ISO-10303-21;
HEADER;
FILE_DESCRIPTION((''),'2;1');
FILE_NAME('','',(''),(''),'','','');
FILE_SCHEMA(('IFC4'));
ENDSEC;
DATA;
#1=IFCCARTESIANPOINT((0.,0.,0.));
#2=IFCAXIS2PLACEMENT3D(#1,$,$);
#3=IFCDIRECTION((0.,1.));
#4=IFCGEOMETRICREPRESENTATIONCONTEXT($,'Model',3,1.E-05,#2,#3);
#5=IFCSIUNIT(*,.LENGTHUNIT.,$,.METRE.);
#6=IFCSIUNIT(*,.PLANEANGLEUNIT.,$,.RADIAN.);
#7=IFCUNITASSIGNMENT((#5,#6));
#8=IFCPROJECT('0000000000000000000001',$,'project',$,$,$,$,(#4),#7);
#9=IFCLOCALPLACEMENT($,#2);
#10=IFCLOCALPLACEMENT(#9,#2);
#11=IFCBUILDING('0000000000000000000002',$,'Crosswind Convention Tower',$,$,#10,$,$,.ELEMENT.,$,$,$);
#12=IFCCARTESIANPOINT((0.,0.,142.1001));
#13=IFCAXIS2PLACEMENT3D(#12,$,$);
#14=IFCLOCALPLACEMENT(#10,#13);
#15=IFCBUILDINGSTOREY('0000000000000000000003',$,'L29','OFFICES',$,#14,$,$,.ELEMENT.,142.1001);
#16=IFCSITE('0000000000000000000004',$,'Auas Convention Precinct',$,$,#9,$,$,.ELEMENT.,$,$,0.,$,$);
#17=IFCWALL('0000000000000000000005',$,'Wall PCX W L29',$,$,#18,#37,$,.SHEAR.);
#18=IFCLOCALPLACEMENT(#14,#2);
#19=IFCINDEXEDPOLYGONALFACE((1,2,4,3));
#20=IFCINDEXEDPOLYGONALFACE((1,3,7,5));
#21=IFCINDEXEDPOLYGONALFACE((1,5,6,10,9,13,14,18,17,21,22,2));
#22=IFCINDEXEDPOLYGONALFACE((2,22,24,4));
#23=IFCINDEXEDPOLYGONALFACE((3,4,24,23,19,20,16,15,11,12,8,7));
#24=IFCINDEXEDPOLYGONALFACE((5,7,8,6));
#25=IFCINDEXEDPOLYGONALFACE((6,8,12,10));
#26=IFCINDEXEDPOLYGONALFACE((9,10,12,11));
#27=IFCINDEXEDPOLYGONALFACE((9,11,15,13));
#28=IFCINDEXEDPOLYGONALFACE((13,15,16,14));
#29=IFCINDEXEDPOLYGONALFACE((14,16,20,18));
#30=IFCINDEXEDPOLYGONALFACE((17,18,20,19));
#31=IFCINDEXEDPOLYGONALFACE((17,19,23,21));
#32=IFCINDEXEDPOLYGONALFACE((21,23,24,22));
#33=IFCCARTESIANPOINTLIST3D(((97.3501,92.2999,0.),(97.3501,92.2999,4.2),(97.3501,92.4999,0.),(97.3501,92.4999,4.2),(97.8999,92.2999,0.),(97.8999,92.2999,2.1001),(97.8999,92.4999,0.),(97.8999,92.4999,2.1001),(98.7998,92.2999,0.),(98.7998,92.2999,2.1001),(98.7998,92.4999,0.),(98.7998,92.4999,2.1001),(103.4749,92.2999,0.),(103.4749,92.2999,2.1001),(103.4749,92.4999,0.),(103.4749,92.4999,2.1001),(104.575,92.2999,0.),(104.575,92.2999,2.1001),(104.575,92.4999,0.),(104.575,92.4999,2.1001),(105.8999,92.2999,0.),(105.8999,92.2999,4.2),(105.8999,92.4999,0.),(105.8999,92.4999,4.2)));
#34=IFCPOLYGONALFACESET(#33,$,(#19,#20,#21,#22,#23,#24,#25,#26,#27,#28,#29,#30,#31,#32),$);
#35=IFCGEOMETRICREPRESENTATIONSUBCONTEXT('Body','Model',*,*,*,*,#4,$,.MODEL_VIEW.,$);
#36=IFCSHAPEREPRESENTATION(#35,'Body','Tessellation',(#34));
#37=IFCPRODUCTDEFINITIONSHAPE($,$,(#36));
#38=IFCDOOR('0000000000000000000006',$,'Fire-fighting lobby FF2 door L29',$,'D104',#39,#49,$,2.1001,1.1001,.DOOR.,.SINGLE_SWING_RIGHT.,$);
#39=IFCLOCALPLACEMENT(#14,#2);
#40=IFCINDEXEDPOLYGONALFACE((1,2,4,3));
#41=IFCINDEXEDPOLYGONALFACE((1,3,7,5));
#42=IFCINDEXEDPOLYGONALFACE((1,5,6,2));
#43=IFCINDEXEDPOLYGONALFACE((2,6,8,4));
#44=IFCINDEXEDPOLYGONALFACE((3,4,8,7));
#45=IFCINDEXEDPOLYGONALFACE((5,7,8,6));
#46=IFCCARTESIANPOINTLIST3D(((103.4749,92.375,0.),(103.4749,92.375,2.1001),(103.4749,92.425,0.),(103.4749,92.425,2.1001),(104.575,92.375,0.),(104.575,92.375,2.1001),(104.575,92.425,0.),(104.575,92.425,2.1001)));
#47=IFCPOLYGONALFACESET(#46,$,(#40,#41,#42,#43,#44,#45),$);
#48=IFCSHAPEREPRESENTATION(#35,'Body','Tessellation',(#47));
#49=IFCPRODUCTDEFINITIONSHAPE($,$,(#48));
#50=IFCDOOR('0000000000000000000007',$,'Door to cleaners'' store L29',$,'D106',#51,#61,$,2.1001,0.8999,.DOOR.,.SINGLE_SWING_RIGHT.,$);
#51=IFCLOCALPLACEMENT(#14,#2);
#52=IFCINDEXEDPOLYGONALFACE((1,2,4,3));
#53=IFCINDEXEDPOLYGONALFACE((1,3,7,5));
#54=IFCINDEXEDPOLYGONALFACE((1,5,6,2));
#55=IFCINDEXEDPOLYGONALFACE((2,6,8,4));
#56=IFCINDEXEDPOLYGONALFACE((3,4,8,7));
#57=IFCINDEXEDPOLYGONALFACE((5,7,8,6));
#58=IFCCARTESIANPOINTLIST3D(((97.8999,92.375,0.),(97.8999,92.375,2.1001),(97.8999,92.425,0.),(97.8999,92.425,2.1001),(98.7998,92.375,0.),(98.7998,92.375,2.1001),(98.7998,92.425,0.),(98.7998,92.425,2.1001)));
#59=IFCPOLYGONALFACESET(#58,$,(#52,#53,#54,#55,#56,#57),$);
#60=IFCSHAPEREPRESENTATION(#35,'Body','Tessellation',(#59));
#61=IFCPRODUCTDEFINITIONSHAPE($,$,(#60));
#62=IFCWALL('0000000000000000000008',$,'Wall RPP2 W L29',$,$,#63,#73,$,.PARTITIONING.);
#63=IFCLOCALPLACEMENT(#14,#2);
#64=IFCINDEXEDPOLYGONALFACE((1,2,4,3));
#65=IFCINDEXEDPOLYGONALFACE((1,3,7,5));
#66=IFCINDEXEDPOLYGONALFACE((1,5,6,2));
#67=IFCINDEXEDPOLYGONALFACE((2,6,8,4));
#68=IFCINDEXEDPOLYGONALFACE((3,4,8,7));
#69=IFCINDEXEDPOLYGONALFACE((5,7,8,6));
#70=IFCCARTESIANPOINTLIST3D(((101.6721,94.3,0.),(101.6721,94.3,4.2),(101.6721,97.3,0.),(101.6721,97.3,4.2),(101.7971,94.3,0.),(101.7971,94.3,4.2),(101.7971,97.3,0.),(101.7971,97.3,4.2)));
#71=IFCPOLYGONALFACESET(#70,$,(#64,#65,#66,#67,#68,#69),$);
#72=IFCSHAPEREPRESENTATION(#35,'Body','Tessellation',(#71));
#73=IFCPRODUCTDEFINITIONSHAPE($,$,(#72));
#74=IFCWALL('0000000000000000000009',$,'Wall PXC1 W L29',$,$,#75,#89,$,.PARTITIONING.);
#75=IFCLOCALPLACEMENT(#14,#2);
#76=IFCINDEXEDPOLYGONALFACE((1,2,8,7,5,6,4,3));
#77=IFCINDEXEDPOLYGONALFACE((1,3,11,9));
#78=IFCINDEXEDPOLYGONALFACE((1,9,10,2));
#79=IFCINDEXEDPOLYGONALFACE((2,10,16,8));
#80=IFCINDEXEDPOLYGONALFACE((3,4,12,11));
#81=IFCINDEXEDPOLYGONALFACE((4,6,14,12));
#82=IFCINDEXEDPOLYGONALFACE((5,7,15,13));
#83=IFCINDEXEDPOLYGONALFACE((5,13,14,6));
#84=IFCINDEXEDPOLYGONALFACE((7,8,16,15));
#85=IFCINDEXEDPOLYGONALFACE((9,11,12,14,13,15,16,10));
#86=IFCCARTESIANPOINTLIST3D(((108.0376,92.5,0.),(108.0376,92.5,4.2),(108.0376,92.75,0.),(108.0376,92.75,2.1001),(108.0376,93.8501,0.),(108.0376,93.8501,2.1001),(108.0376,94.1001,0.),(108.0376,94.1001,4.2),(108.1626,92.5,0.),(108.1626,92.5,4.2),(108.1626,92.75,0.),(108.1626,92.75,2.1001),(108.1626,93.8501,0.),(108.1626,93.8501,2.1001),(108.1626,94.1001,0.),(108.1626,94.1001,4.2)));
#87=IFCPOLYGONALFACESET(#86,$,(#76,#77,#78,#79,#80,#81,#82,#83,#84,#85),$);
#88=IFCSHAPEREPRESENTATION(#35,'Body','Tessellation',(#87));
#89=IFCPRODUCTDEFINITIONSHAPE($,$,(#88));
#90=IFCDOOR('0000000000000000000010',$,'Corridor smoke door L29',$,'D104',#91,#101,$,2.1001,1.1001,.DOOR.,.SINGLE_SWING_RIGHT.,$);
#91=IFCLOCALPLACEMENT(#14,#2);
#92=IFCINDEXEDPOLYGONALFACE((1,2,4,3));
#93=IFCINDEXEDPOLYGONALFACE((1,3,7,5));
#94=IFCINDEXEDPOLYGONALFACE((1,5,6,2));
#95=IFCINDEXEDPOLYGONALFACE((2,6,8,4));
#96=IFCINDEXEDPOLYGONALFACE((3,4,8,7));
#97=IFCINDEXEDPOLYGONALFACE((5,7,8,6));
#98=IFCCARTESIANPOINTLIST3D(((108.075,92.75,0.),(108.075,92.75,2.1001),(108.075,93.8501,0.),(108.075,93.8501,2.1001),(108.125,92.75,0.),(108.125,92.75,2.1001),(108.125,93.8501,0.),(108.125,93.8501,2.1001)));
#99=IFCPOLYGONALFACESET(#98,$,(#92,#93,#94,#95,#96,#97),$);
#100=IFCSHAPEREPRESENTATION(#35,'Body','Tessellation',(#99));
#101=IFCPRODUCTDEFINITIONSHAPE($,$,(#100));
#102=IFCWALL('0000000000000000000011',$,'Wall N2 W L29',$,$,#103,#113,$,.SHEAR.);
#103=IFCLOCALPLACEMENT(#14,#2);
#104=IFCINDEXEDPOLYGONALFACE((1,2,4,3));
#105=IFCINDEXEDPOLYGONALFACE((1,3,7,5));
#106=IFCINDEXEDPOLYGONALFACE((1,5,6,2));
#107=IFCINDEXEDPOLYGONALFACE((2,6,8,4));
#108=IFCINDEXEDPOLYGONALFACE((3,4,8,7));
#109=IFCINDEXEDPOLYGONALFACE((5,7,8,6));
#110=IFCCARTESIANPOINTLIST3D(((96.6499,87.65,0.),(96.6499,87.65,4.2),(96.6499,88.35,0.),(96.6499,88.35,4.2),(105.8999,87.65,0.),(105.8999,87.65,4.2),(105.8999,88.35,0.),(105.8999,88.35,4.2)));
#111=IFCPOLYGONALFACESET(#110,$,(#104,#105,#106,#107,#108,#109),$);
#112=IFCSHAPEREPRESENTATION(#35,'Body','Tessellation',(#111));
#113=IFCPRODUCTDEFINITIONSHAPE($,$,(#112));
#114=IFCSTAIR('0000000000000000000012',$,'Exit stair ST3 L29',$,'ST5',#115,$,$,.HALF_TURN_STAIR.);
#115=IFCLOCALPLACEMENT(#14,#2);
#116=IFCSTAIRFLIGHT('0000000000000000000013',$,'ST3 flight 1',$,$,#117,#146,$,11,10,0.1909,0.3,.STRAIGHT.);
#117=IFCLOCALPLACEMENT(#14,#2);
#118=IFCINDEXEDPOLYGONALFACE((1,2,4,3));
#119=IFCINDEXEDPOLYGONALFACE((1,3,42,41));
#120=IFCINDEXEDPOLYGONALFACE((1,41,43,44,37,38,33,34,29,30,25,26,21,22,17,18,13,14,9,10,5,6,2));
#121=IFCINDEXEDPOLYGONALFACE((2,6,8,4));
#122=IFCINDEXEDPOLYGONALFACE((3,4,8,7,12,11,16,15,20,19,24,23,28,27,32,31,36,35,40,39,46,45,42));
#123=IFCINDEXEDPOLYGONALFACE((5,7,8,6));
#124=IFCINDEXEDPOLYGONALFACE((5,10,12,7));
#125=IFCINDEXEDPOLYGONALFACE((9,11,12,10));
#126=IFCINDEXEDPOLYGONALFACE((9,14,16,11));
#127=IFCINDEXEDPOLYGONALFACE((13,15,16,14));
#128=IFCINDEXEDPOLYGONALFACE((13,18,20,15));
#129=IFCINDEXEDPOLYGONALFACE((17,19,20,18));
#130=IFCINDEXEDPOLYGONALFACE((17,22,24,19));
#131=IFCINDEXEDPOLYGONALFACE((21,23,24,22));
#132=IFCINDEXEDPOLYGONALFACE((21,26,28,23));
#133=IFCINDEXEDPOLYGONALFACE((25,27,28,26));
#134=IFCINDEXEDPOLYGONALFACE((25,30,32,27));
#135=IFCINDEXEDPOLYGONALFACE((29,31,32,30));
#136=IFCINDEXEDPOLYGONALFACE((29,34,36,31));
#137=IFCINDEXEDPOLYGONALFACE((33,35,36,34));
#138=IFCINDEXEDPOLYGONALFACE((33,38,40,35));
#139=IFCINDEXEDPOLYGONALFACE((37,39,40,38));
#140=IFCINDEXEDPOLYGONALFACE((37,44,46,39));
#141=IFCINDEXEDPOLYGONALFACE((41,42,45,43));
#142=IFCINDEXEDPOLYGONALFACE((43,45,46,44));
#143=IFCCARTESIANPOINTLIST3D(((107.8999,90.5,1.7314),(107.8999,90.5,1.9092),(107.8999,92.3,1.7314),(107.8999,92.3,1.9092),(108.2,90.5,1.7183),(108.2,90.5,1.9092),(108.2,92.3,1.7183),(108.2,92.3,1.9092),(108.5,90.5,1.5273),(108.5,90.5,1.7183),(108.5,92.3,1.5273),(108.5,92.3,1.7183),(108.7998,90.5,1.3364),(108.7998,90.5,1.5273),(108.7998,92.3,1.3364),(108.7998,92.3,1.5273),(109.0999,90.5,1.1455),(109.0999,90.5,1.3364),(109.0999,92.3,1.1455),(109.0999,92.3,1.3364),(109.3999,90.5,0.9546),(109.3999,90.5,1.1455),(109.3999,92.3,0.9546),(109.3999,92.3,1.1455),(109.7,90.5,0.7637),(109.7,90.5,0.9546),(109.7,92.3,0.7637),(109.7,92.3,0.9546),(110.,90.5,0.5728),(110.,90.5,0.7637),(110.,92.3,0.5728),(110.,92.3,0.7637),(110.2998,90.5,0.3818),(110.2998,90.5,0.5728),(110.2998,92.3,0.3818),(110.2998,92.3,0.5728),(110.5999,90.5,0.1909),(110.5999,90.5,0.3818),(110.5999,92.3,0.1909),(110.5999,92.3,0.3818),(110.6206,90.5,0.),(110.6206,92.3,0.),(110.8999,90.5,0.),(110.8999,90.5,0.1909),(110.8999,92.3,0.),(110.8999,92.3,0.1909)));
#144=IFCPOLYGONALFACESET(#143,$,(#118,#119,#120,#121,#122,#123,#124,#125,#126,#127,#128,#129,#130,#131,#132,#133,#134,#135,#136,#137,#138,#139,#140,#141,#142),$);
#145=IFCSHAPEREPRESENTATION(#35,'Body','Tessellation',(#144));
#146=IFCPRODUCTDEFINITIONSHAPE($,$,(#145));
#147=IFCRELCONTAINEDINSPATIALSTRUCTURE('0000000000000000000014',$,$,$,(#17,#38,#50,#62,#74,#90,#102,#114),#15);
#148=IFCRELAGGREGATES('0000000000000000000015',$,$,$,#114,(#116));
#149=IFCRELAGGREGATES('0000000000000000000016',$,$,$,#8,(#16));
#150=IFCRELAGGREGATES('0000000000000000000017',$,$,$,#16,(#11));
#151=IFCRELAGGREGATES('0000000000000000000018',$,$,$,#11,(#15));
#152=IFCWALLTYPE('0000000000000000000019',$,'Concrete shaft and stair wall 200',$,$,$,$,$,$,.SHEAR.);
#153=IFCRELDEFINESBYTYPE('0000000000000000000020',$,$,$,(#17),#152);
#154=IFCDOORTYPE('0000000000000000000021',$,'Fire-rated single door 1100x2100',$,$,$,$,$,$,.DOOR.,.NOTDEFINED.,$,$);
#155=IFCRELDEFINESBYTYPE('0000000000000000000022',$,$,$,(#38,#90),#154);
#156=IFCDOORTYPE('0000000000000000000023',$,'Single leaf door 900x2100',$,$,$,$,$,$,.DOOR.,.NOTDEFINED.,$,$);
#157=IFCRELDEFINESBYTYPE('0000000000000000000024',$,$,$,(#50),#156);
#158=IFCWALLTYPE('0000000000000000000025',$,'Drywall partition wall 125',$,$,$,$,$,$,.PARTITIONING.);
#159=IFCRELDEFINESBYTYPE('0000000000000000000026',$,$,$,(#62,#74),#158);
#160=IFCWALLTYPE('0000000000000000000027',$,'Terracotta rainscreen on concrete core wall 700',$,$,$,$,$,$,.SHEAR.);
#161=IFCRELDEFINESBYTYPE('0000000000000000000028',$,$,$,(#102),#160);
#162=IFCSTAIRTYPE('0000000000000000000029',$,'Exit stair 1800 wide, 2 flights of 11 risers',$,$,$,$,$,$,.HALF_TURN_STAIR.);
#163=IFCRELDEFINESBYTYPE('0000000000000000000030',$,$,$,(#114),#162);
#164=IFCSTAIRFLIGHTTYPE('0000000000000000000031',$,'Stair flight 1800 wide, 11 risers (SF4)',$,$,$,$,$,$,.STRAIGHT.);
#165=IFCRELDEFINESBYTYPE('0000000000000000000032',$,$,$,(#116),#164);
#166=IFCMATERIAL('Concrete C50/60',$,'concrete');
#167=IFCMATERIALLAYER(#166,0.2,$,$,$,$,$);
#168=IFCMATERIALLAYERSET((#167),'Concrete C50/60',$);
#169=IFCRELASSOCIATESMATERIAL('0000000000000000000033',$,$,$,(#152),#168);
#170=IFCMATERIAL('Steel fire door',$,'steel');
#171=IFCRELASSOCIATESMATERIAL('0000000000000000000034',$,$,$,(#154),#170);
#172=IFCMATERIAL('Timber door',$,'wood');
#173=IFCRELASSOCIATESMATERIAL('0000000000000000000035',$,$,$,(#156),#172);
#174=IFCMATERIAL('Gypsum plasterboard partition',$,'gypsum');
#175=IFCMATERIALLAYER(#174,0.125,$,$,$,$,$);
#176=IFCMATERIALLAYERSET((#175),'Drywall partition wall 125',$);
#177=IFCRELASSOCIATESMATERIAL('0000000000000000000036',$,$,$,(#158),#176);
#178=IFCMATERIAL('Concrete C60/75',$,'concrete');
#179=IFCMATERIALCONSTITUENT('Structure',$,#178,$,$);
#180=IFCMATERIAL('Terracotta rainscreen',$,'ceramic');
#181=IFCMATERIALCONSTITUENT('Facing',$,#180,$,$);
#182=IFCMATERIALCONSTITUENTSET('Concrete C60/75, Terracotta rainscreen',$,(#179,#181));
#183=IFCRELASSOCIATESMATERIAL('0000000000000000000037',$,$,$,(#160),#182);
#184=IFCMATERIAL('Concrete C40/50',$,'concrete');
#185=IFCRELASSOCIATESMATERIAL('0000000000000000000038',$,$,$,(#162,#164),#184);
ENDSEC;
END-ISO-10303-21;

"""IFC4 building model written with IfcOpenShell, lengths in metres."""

from ifc_helpers import new_model, si_unit, direction, frame, frame_2d, origin, place, context, subcontext, project, spatial, polyline, rectangle, outline, extrude, material, layer, layer_set, constituent, constituent_set, type_object, element, fill, aggregate, save


model = new_model("IFC4")

# Units and contexts
model_context = context("Model", 3, precision=1e-05, world=origin(), true_north=direction((0.0, 1.0)))
body_context = subcontext(model_context, "Body", "Model", "MODEL_VIEW")
ifc_project = project(units=[si_unit("LENGTHUNIT", "METRE"), si_unit("PLANEANGLEUNIT", "RADIAN")], contexts=[model_context])

# Site, building, storey
site_placement = place(None, origin())
site = spatial("IfcSite", under=ifc_project, at=site_placement, Name="Auas Convention Precinct", CompositionType="ELEMENT", RefElevation=0.0)
building_placement = place(site_placement, origin())
building = spatial("IfcBuilding", under=site, at=building_placement, Name="Crosswind Convention Tower", CompositionType="ELEMENT")
storey_placement = place(building_placement, frame((0.0, 0.0, 142.1001)))
storey = spatial("IfcBuildingStorey", under=building, at=storey_placement, Name="L29", Description="OFFICES", CompositionType="ELEMENT", Elevation=142.1001)

# Shared definitions
ifc_material_1 = material(Name="Concrete C50/60", Category="concrete")
ifc_layer_1 = layer(ifc_material_1, 0.2)
ifc_layer_set_1 = layer_set([ifc_layer_1], Name="Concrete C50/60")
wall_type_1 = type_object("IfcWallType", Name="Concrete shaft and stair wall 200", PredefinedType="SHEAR", material=ifc_layer_set_1)

# Wall, openings, doors
wall_1_placement = place(storey_placement, frame((105.8999, 92.3999, 0.0), z_axis=(0.0, 0.0, 1.0), x_axis=(-1.0, 0.0, 0.0)))
wall_1 = element("IfcWall", 1, at=wall_1_placement, inside=storey, type_object=wall_type_1, Name="Wall PCX W L29", PredefinedType="SHEAR", context=body_context, shape_type="SweptSolid", body=[
    extrude(rectangle(XDim=8.5498, YDim=0.2, at=frame_2d((4.2749, 0.0))), origin(), (0.0, 0.0, 1.0), 4.2),
])
opening_1_placement = place(wall_1_placement, frame((1.325, 0.0, 0.0)))
opening_1 = element("IfcOpeningElement", 2, at=opening_1_placement, cuts=wall_1, PredefinedType="OPENING", context=body_context, shape_type="SweptSolid", body=[
    extrude(rectangle(XDim=1.1001, YDim=2.1001, at=frame_2d((0.55, 1.05))), frame((0.0, 0.1099, 0.0), z_axis=(0.0, -1.0, 0.0), x_axis=(1.0, 0.0, 0.0)), (0.0, 0.0, 1.0), 0.22),
])
opening_2_placement = place(wall_1_placement, frame((7.1001, 0.0, 0.0)))
opening_2 = element("IfcOpeningElement", 3, at=opening_2_placement, cuts=wall_1, PredefinedType="OPENING", context=body_context, shape_type="SweptSolid", body=[
    extrude(rectangle(XDim=0.8999, YDim=2.1001, at=frame_2d((0.45, 1.05))), frame((0.0, 0.1099, 0.0), z_axis=(0.0, -1.0, 0.0), x_axis=(1.0, 0.0, 0.0)), (0.0, 0.0, 1.0), 0.22),
])
ifc_material_2 = material(Name="Steel fire door", Category="steel")
door_type_1 = type_object("IfcDoorType", Name="Fire-rated single door 1100x2100", OperationType="NOTDEFINED", PredefinedType="DOOR", material=ifc_material_2)
door_1_placement = place(opening_1_placement, origin())
door_1 = element("IfcDoor", 4, at=door_1_placement, inside=storey, type_object=door_type_1, Name="Fire-fighting lobby FF2 door L29", ObjectType="D104", OperationType="SINGLE_SWING_RIGHT", OverallHeight=2.1001, OverallWidth=1.1001, PredefinedType="DOOR", context=body_context, shape_type="SweptSolid", body=[
    extrude(rectangle(XDim=1.1001, YDim=2.1001, at=frame_2d((0.55, 1.05))), frame((0.0, 0.0249, 0.0), z_axis=(0.0, -1.0, 0.0), x_axis=(1.0, 0.0, 0.0)), (0.0, 0.0, 1.0), 0.05),
])
fill(opening_1, door_1)
ifc_material_3 = material(Name="Timber door", Category="wood")
door_type_2 = type_object("IfcDoorType", Name="Single leaf door 900x2100", OperationType="NOTDEFINED", PredefinedType="DOOR", material=ifc_material_3)
door_2_placement = place(opening_2_placement, origin())
door_2 = element("IfcDoor", 5, at=door_2_placement, inside=storey, type_object=door_type_2, Name="Door to cleaners' store L29", ObjectType="D106", OperationType="SINGLE_SWING_RIGHT", OverallHeight=2.1001, OverallWidth=0.8999, PredefinedType="DOOR", context=body_context, shape_type="SweptSolid", body=[
    extrude(rectangle(XDim=0.8999, YDim=2.1001, at=frame_2d((0.45, 1.05))), frame((0.0, 0.0249, 0.0), z_axis=(0.0, -1.0, 0.0), x_axis=(1.0, 0.0, 0.0)), (0.0, 0.0, 1.0), 0.05),
])
fill(opening_2, door_2)

# Wall
ifc_material_4 = material(Name="Gypsum plasterboard partition", Category="gypsum")
ifc_layer_2 = layer(ifc_material_4, 0.125)
ifc_layer_set_2 = layer_set([ifc_layer_2], Name="Drywall partition wall 125")
wall_type_2 = type_object("IfcWallType", Name="Drywall partition wall 125", PredefinedType="PARTITIONING", material=ifc_layer_set_2)
wall_2_placement = place(storey_placement, frame((101.7346, 97.3, 0.0), z_axis=(0.0, 0.0, 1.0), x_axis=(0.0, -1.0, 0.0)))
element("IfcWall", 6, at=wall_2_placement, inside=storey, type_object=wall_type_2, Name="Wall RPP2 W L29", PredefinedType="PARTITIONING", context=body_context, shape_type="SweptSolid", body=[
    extrude(rectangle(XDim=3.0, YDim=0.125, at=frame_2d((1.5, 0.0))), origin(), (0.0, 0.0, 1.0), 4.2),
])

# Wall, opening, door
wall_3_placement = place(storey_placement, frame((108.1001, 94.1001, 0.0), z_axis=(0.0, 0.0, 1.0), x_axis=(0.0, -1.0, 0.0)))
wall_3 = element("IfcWall", 7, at=wall_3_placement, inside=storey, type_object=wall_type_2, Name="Wall PXC1 W L29", PredefinedType="PARTITIONING", context=body_context, shape_type="SweptSolid", body=[
    extrude(rectangle(XDim=1.6001, YDim=0.125, at=frame_2d((0.8, 0.0))), origin(), (0.0, 0.0, 1.0), 4.2),
])
opening_3_placement = place(wall_3_placement, frame((0.25, 0.0, 0.0)))
opening_3 = element("IfcOpeningElement", 8, at=opening_3_placement, cuts=wall_3, PredefinedType="OPENING", context=body_context, shape_type="SweptSolid", body=[
    extrude(rectangle(XDim=1.1001, YDim=2.1001, at=frame_2d((0.55, 1.05))), frame((0.0, 0.0725, 0.0), z_axis=(0.0, -1.0, 0.0), x_axis=(1.0, 0.0, 0.0)), (0.0, 0.0, 1.0), 0.145),
])
door_3_placement = place(opening_3_placement, origin())
door_3 = element("IfcDoor", 9, at=door_3_placement, inside=storey, type_object=door_type_1, Name="Corridor smoke door L29", ObjectType="D104", OperationType="SINGLE_SWING_RIGHT", OverallHeight=2.1001, OverallWidth=1.1001, PredefinedType="DOOR", context=body_context, shape_type="SweptSolid", body=[
    extrude(rectangle(XDim=1.1001, YDim=2.1001, at=frame_2d((0.55, 1.05))), frame((0.0, 0.0249, 0.0), z_axis=(0.0, -1.0, 0.0), x_axis=(1.0, 0.0, 0.0)), (0.0, 0.0, 1.0), 0.05),
])
fill(opening_3, door_3)

# Wall
ifc_material_5 = material(Name="Concrete C60/75", Category="concrete")
ifc_constituent_1 = constituent(ifc_material_5, Name="Structure")
ifc_material_6 = material(Name="Terracotta rainscreen", Category="ceramic")
ifc_constituent_2 = constituent(ifc_material_6, Name="Facing")
ifc_constituent_set = constituent_set(constituents=[ifc_constituent_1, ifc_constituent_2], Name="Concrete C60/75, Terracotta rainscreen")
wall_type_3 = type_object("IfcWallType", Name="Terracotta rainscreen on concrete core wall 700", PredefinedType="SHEAR", material=ifc_constituent_set)
wall_4_placement = place(storey_placement, frame((105.8999, 88.0, 0.0), z_axis=(0.0, 0.0, 1.0), x_axis=(-1.0, 0.0, 0.0)))
element("IfcWall", 10, at=wall_4_placement, inside=storey, type_object=wall_type_3, Name="Wall N2 W L29", PredefinedType="SHEAR", context=body_context, shape_type="SweptSolid", body=[
    extrude(rectangle(XDim=9.25, YDim=0.7, at=frame_2d((4.625, 0.0))), origin(), (0.0, 0.0, 1.0), 4.2),
])

# Stair, stair flight
ifc_material_7 = material(Name="Concrete C40/50", Category="concrete")
stair_type = type_object("IfcStairType", Name="Exit stair 1800 wide, 2 flights of 11 risers", PredefinedType="HALF_TURN_STAIR", material=ifc_material_7)
stair_placement = place(storey_placement, origin())
stair = element("IfcStair", 11, at=stair_placement, inside=storey, type_object=stair_type, Name="Exit stair ST3 L29", ObjectType="ST5", PredefinedType="HALF_TURN_STAIR")
stair_flight_type = type_object("IfcStairFlightType", Name="Stair flight 1800 wide, 11 risers (SF4)", PredefinedType="STRAIGHT", material=ifc_material_7)
stair_flight_1_placement = place(storey_placement, frame((110.8999, 91.3999, 0.0), z_axis=(0.0, 0.0, 1.0), x_axis=(-1.0, 0.0, 0.0)))
stair_flight_1 = element("IfcStairFlight", 12, at=stair_flight_1_placement, type_object=stair_flight_type, Name="ST3 flight 1", NumberOfRisers=11, NumberOfTreads=10, PredefinedType="STRAIGHT", RiserHeight=0.1909, TreadLength=0.3, context=body_context, shape_type="SweptSolid", body=[
    extrude(outline(polyline([(0.0, 0.0), (0.0, 0.1909), (0.3, 0.1909), (0.3, 0.3818), (0.6001, 0.3818), (0.6001, 0.5728), (0.8999, 0.5728), (0.8999, 0.7637), (1.2, 0.7637), (1.2, 0.9546), (1.5, 0.9546), (1.5, 1.1455), (1.8, 1.1455), (1.8, 1.3364), (2.1001, 1.3364), (2.1001, 1.5273), (2.3999, 1.5273), (2.3999, 1.7183), (2.7, 1.7183), (2.7, 1.9092), (3.0, 1.9092), (3.0, 2.1001), (3.0, 1.7314), (0.2793, 0.0), (0.0, 0.0)])), frame((0.0, 0.8999, 0.0), z_axis=(0.0, -1.0, 0.0), x_axis=(1.0, 0.0, 0.0)), (0.0, 0.0, 1.0), 1.8),
])
aggregate(stair, [stair_flight_1])

save(model, "model.ifc")
